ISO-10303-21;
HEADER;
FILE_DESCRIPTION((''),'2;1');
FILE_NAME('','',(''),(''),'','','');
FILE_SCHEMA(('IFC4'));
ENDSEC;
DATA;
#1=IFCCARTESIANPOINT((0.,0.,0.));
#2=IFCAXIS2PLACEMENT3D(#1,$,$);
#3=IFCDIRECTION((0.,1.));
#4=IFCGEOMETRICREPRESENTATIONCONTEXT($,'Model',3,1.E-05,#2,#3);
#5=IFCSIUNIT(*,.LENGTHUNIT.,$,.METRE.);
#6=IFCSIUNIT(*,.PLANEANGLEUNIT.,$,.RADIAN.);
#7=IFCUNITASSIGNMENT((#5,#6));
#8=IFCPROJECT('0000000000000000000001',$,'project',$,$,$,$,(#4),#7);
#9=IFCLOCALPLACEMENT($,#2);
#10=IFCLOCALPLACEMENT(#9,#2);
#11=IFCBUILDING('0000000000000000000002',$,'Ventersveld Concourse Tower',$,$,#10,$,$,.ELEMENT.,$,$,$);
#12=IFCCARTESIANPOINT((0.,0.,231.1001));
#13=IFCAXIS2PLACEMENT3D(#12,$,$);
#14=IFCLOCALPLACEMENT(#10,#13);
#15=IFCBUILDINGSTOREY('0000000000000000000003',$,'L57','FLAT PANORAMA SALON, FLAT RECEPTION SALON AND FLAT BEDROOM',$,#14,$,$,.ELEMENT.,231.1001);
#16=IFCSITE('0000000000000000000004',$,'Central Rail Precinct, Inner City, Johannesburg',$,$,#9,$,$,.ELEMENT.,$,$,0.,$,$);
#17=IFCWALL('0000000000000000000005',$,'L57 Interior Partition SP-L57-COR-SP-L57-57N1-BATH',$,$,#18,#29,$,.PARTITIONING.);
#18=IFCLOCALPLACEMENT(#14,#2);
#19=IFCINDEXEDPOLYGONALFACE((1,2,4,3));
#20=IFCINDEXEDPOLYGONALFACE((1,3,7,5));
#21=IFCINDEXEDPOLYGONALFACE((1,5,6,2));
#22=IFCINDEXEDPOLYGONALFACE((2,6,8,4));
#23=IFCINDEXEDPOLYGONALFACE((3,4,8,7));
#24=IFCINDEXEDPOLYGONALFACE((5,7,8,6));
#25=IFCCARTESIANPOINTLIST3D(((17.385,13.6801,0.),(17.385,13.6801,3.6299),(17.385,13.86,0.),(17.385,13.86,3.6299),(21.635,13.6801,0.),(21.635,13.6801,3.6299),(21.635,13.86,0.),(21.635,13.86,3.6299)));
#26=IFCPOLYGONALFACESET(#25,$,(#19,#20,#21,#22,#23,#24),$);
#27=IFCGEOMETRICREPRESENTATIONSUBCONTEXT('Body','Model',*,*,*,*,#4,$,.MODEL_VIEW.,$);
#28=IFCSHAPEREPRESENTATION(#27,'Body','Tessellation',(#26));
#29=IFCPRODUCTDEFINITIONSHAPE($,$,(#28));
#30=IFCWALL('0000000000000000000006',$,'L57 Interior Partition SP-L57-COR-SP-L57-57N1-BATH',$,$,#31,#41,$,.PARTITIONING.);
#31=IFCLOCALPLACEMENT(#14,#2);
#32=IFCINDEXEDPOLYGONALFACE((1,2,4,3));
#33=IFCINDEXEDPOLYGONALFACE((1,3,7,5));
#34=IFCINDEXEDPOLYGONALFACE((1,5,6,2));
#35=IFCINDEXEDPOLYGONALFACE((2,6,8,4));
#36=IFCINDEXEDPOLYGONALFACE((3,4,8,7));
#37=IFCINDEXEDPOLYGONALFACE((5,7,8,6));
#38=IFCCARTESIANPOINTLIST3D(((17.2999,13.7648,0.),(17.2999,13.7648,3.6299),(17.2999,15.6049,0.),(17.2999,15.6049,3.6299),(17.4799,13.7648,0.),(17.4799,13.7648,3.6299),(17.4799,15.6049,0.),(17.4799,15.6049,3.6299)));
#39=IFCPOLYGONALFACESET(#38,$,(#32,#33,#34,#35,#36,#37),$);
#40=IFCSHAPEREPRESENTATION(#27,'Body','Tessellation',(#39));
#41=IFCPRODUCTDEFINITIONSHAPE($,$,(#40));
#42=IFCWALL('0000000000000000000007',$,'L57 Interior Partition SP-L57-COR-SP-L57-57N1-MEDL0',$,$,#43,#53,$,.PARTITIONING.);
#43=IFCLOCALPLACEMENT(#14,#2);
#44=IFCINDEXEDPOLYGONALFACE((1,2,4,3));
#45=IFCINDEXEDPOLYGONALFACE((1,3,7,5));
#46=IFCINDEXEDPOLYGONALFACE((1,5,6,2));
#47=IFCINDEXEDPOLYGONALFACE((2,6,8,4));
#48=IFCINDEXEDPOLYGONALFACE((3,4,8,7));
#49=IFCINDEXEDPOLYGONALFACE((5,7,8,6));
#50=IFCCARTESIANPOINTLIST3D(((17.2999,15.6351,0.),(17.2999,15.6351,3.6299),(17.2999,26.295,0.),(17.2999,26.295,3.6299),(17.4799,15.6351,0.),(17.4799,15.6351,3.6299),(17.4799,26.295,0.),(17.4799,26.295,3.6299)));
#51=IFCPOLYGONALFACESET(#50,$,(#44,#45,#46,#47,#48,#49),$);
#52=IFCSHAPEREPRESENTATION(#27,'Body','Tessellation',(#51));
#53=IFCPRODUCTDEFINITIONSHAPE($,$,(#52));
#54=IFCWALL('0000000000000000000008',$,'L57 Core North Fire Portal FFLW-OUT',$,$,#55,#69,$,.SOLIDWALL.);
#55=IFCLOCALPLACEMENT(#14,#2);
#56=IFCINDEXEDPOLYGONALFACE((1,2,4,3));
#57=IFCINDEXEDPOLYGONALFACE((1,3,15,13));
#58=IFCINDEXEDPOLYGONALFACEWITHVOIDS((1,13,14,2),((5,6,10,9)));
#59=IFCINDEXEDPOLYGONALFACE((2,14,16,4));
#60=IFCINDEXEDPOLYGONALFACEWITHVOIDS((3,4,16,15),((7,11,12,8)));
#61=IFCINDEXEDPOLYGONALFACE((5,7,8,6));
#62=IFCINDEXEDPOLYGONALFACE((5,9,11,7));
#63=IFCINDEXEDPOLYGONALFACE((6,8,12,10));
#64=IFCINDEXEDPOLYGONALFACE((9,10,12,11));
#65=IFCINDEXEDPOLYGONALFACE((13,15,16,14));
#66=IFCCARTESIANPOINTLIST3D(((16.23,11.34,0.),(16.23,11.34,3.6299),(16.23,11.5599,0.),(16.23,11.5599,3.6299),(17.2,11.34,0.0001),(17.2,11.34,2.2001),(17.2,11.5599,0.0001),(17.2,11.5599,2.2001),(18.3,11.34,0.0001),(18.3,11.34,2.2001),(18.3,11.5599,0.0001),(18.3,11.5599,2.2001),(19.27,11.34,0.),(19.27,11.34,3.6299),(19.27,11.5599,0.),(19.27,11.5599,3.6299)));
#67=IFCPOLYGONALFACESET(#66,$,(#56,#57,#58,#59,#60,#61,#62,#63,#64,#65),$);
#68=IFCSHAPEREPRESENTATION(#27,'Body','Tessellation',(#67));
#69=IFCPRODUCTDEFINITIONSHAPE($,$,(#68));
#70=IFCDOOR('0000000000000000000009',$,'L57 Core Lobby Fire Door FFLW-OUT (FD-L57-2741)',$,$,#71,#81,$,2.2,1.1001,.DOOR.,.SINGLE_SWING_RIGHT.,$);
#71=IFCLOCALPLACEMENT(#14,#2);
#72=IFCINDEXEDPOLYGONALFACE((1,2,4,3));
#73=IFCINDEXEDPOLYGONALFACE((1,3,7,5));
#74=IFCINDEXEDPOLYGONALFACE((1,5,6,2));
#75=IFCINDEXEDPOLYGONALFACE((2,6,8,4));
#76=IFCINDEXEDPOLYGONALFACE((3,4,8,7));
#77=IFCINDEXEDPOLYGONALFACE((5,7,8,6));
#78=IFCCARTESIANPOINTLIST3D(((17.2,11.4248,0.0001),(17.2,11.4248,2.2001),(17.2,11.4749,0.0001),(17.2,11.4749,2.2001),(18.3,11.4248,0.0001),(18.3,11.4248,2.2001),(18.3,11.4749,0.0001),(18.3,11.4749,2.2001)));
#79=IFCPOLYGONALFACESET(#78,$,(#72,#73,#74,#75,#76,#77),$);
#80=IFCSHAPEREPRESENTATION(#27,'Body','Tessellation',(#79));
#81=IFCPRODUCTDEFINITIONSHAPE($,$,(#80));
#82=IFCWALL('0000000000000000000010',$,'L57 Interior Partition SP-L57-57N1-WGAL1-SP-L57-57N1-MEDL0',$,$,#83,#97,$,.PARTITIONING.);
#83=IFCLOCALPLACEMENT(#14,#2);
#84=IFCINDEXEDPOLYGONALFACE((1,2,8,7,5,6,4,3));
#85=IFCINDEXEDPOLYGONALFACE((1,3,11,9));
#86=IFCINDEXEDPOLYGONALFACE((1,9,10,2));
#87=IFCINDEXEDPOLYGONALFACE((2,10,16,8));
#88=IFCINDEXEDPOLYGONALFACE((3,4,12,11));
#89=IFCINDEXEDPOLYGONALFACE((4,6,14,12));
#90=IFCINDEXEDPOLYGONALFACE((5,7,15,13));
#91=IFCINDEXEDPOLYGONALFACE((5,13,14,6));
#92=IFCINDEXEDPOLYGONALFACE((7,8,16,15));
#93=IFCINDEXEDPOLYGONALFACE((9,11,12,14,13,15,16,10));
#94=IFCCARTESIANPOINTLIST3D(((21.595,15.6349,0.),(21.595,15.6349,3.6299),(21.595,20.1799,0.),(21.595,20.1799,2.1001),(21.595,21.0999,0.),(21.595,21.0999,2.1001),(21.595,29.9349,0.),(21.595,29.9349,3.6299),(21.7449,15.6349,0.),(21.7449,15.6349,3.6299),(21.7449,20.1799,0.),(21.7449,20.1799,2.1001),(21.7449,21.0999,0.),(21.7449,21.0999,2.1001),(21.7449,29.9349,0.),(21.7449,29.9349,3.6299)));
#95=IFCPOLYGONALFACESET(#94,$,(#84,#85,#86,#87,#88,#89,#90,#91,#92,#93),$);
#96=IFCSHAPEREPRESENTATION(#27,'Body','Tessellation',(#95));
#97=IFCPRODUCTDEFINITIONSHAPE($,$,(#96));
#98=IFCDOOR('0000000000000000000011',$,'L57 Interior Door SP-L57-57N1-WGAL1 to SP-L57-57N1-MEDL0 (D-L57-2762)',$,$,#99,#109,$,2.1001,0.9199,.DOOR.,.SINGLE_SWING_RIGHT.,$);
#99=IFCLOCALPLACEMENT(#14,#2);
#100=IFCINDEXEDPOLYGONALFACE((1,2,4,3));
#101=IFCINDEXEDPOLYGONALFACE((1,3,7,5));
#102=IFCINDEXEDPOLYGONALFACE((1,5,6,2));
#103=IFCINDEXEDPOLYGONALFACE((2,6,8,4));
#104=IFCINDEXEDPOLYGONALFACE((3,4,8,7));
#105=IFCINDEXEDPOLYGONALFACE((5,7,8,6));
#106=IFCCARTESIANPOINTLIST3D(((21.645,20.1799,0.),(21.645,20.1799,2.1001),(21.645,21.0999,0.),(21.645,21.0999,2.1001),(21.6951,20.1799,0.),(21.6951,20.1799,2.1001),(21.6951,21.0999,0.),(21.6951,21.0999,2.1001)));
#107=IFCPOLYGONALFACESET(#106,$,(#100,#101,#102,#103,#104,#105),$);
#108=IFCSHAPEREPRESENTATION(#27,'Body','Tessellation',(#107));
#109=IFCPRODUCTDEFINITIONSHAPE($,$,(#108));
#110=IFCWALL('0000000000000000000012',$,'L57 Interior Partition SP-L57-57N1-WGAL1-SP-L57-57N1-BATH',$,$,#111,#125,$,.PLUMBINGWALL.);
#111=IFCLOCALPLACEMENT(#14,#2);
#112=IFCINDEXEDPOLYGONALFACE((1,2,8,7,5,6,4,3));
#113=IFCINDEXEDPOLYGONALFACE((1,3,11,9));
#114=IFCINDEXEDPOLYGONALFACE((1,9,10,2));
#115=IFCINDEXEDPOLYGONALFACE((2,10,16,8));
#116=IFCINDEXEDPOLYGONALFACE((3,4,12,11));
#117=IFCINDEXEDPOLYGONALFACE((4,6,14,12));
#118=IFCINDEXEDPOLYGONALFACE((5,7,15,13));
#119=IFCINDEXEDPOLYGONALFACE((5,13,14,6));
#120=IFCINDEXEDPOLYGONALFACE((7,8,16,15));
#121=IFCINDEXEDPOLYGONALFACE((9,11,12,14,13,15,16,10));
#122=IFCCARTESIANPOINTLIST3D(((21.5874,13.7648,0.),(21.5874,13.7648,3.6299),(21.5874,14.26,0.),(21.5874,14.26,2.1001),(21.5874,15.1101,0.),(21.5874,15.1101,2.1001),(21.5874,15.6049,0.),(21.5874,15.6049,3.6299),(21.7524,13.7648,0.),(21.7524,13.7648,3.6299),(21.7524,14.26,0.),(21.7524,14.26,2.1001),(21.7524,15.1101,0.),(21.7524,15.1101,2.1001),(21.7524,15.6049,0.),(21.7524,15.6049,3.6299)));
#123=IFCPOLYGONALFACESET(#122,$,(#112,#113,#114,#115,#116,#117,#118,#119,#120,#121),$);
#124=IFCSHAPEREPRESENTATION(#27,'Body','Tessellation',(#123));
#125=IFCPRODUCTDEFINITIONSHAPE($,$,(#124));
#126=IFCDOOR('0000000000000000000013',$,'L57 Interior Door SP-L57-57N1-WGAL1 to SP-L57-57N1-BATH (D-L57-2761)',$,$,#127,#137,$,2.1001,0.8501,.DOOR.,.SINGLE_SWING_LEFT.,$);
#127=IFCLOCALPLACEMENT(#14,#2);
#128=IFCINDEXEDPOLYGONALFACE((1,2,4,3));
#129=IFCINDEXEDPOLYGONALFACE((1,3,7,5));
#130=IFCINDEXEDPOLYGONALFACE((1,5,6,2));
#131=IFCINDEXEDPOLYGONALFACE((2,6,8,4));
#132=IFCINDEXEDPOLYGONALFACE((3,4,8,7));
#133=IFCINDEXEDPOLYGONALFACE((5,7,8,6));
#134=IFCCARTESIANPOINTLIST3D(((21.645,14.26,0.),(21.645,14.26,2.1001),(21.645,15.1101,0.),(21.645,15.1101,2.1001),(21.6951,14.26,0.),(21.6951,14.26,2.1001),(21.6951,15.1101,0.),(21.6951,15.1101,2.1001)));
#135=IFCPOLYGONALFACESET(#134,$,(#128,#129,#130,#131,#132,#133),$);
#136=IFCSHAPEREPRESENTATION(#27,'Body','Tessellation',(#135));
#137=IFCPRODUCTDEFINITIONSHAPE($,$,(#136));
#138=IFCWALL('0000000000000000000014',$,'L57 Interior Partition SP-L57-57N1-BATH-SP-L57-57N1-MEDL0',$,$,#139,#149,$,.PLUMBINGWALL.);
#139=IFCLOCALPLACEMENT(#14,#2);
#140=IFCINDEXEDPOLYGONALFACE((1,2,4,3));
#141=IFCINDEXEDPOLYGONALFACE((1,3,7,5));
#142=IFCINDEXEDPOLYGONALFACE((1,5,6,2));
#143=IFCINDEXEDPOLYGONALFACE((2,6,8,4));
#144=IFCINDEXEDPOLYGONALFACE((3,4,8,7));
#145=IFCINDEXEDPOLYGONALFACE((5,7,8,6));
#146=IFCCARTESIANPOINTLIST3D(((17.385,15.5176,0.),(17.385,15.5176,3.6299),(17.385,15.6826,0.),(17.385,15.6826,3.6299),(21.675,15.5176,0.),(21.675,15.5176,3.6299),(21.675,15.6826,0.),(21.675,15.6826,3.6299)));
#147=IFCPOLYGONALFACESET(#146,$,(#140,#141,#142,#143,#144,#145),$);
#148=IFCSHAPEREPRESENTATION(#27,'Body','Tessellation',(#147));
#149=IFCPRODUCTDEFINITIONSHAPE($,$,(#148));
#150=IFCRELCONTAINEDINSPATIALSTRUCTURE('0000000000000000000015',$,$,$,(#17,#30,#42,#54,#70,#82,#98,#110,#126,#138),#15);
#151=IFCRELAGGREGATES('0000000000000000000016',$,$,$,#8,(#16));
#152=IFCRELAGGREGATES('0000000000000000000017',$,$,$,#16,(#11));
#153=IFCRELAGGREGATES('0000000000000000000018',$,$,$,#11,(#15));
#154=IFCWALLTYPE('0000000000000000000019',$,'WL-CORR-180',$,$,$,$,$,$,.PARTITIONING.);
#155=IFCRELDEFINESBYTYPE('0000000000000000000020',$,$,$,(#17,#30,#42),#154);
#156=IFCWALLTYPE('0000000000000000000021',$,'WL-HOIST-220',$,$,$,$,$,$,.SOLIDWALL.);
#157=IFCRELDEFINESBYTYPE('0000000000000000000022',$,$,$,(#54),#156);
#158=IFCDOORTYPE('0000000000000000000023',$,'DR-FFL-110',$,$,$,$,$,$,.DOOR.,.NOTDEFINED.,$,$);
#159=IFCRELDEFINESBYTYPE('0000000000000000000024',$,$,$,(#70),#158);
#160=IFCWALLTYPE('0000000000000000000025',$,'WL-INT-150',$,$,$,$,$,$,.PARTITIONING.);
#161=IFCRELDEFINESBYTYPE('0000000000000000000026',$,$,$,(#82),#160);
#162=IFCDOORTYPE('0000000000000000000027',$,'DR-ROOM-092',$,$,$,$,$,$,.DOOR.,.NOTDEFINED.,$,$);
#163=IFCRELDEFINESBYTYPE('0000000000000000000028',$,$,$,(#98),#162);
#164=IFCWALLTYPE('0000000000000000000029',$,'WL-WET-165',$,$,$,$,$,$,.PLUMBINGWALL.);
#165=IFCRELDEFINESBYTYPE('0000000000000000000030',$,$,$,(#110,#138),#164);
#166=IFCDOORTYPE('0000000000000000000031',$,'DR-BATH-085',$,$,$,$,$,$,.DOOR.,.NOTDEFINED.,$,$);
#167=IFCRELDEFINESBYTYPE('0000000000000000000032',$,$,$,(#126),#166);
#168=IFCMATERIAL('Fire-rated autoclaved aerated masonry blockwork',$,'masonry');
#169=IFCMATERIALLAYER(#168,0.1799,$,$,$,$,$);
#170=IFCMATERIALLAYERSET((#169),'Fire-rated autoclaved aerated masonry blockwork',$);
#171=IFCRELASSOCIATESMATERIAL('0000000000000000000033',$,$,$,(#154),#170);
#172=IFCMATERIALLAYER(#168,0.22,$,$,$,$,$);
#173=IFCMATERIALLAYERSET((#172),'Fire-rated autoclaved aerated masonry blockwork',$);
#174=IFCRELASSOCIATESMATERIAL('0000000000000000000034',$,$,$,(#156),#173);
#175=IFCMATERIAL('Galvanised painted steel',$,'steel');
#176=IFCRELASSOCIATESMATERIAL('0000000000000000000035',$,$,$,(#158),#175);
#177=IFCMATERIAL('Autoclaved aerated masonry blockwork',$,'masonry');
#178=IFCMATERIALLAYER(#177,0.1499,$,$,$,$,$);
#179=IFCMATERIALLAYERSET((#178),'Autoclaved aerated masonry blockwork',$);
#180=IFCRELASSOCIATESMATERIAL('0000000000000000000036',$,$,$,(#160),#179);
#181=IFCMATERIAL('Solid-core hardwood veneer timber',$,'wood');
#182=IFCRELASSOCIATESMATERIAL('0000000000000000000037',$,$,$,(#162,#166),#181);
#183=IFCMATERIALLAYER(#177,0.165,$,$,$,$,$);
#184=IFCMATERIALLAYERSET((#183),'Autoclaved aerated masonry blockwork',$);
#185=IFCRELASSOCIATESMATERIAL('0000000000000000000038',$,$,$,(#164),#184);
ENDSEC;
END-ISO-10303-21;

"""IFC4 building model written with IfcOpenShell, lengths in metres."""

from ifc_helpers import new_model, si_unit, direction, frame, frame_2d, origin, place, context, subcontext, project, spatial, rectangle, extrude, material, layer, layer_set, type_object, element, fill, save


model = new_model("IFC4")

# Units and contexts
model_context = context("Model", 3, precision=1e-05, world=origin(), true_north=direction((0.0, 1.0)))
body_context = subcontext(model_context, "Body", "Model", "MODEL_VIEW")
ifc_project = project(units=[si_unit("LENGTHUNIT", "METRE"), si_unit("PLANEANGLEUNIT", "RADIAN")], contexts=[model_context])

# Site, building, storey
site_placement = place(None, origin())
site = spatial("IfcSite", under=ifc_project, at=site_placement, Name="Central Rail Precinct, Inner City, Johannesburg", CompositionType="ELEMENT", RefElevation=0.0)
building_placement = place(site_placement, origin())
building = spatial("IfcBuilding", under=site, at=building_placement, Name="Ventersveld Concourse Tower", CompositionType="ELEMENT")
storey_placement = place(building_placement, frame((0.0, 0.0, 231.1001)))
storey = spatial("IfcBuildingStorey", under=building, at=storey_placement, Name="L57", Description="FLAT PANORAMA SALON, FLAT RECEPTION SALON AND FLAT BEDROOM", CompositionType="ELEMENT", Elevation=231.1001)

# Shared definitions
ifc_material_1 = material(Name="Fire-rated autoclaved aerated masonry blockwork", Category="masonry")
ifc_layer_1 = layer(ifc_material_1, 0.1799)
ifc_layer_set_1 = layer_set([ifc_layer_1], Name="Fire-rated autoclaved aerated masonry blockwork")
wall_type_1 = type_object("IfcWallType", Name="WL-CORR-180", PredefinedType="PARTITIONING", material=ifc_layer_set_1)

# Shared definitions
ifc_material_2 = material(Name="Solid-core hardwood veneer timber", Category="wood")

# Walls
wall_1_placement = place(storey_placement, frame((17.385, 13.77, 0.0), z_axis=(0.0, 0.0, 1.0), x_axis=(1.0, 0.0, 0.0)))
element("IfcWall", 1, at=wall_1_placement, inside=storey, type_object=wall_type_1, Name="L57 Interior Partition SP-L57-COR-SP-L57-57N1-BATH", PredefinedType="PARTITIONING", context=body_context, shape_type="SweptSolid", body=[
    extrude(rectangle(XDim=4.25, YDim=0.1799, at=frame_2d((2.125, 0.0))), origin(), (0.0, 0.0, 1.0), 3.6299),
])
wall_2_placement = place(storey_placement, frame((17.3899, 13.7649, 0.0), z_axis=(0.0, 0.0, 1.0), x_axis=(0.0, 1.0, 0.0)))
element("IfcWall", 2, at=wall_2_placement, inside=storey, type_object=wall_type_1, Name="L57 Interior Partition SP-L57-COR-SP-L57-57N1-BATH", PredefinedType="PARTITIONING", context=body_context, shape_type="SweptSolid", body=[
    extrude(rectangle(XDim=1.8401, YDim=0.1799, at=frame_2d((0.9199, 0.0))), origin(), (0.0, 0.0, 1.0), 3.6299),
])
wall_3_placement = place(storey_placement, frame((17.3899, 15.635, 0.0), z_axis=(0.0, 0.0, 1.0), x_axis=(0.0, 1.0, 0.0)))
element("IfcWall", 3, at=wall_3_placement, inside=storey, type_object=wall_type_1, Name="L57 Interior Partition SP-L57-COR-SP-L57-57N1-MEDL0", PredefinedType="PARTITIONING", context=body_context, shape_type="SweptSolid", body=[
    extrude(rectangle(XDim=10.6599, YDim=0.1799, at=frame_2d((5.3301, 0.0))), origin(), (0.0, 0.0, 1.0), 3.6299),
])

# Walls, openings, doors
ifc_layer_2 = layer(ifc_material_1, 0.22)
ifc_layer_set_2 = layer_set([ifc_layer_2], Name="Fire-rated autoclaved aerated masonry blockwork")
wall_type_2 = type_object("IfcWallType", Name="WL-HOIST-220", PredefinedType="SOLIDWALL", material=ifc_layer_set_2)
wall_4_placement = place(storey_placement, frame((16.23, 11.45, 0.0), z_axis=(0.0, 0.0, 1.0), x_axis=(1.0, 0.0, 0.0)))
wall_4 = element("IfcWall", 4, at=wall_4_placement, inside=storey, type_object=wall_type_2, Name="L57 Core North Fire Portal FFLW-OUT", PredefinedType="SOLIDWALL", context=body_context, shape_type="SweptSolid", body=[
    extrude(rectangle(XDim=3.04, YDim=0.22, at=frame_2d((1.52, 0.0))), origin(), (0.0, 0.0, 1.0), 3.6299),
])
opening_1_placement = place(wall_4_placement, frame((0.97, 0.0, 0.0)))
opening_1 = element("IfcOpeningElement", 5, at=opening_1_placement, cuts=wall_4, PredefinedType="OPENING", context=body_context, shape_type="SweptSolid", body=[
    extrude(rectangle(XDim=1.1001, YDim=2.2, at=frame_2d((0.55, 1.1001))), frame((0.0, 0.1201, 0.0), z_axis=(0.0, -1.0, 0.0), x_axis=(1.0, 0.0, 0.0)), (0.0, 0.0, 1.0), 0.24),
])
ifc_material_3 = material(Name="Galvanised painted steel", Category="steel")
door_type_1 = type_object("IfcDoorType", Name="DR-FFL-110", OperationType="NOTDEFINED", PredefinedType="DOOR", material=ifc_material_3)
door_1_placement = place(opening_1_placement, origin())
door_1 = element("IfcDoor", 6, at=door_1_placement, inside=storey, type_object=door_type_1, Name="L57 Core Lobby Fire Door FFLW-OUT (FD-L57-2741)", OperationType="SINGLE_SWING_RIGHT", OverallHeight=2.2, OverallWidth=1.1001, PredefinedType="DOOR", context=body_context, shape_type="SweptSolid", body=[
    extrude(rectangle(XDim=1.1001, YDim=2.2, at=frame_2d((0.55, 1.1001))), frame((0.0, 0.0249, 0.0), z_axis=(0.0, -1.0, 0.0), x_axis=(1.0, 0.0, 0.0)), (0.0, 0.0, 1.0), 0.05),
])
fill(opening_1, door_1)
ifc_material_4 = material(Name="Autoclaved aerated masonry blockwork", Category="masonry")
ifc_layer_3 = layer(ifc_material_4, 0.1499)
ifc_layer_set_3 = layer_set([ifc_layer_3], Name="Autoclaved aerated masonry blockwork")
wall_type_3 = type_object("IfcWallType", Name="WL-INT-150", PredefinedType="PARTITIONING", material=ifc_layer_set_3)
wall_5_placement = place(storey_placement, frame((21.6699, 15.635, 0.0), z_axis=(0.0, 0.0, 1.0), x_axis=(0.0, 1.0, 0.0)))
wall_5 = element("IfcWall", 7, at=wall_5_placement, inside=storey, type_object=wall_type_3, Name="L57 Interior Partition SP-L57-57N1-WGAL1-SP-L57-57N1-MEDL0", PredefinedType="PARTITIONING", context=body_context, shape_type="SweptSolid", body=[
    extrude(rectangle(XDim=14.3, YDim=0.1499, at=frame_2d((7.1499, 0.0))), origin(), (0.0, 0.0, 1.0), 3.6299),
])
opening_2_placement = place(wall_5_placement, frame((4.5449, 0.0, 0.0)))
opening_2 = element("IfcOpeningElement", 8, at=opening_2_placement, cuts=wall_5, PredefinedType="OPENING", context=body_context, shape_type="SweptSolid", body=[
    extrude(rectangle(XDim=0.9199, YDim=2.1001, at=frame_2d((0.46, 1.05))), frame((0.0, 0.085, 0.0), z_axis=(0.0, -1.0, 0.0), x_axis=(1.0, 0.0, 0.0)), (0.0, 0.0, 1.0), 0.1699),
])
door_type_2 = type_object("IfcDoorType", Name="DR-ROOM-092", OperationType="NOTDEFINED", PredefinedType="DOOR", material=ifc_material_2)
door_2_placement = place(opening_2_placement, origin())
door_2 = element("IfcDoor", 9, at=door_2_placement, inside=storey, type_object=door_type_2, Name="L57 Interior Door SP-L57-57N1-WGAL1 to SP-L57-57N1-MEDL0 (D-L57-2762)", OperationType="SINGLE_SWING_RIGHT", OverallHeight=2.1001, OverallWidth=0.9199, PredefinedType="DOOR", context=body_context, shape_type="SweptSolid", body=[
    extrude(rectangle(XDim=0.9199, YDim=2.1001, at=frame_2d((0.46, 1.05))), frame((0.0, 0.0249, 0.0), z_axis=(0.0, -1.0, 0.0), x_axis=(1.0, 0.0, 0.0)), (0.0, 0.0, 1.0), 0.05),
])
fill(opening_2, door_2)
ifc_layer_4 = layer(ifc_material_4, 0.165)
ifc_layer_set_4 = layer_set([ifc_layer_4], Name="Autoclaved aerated masonry blockwork")
wall_type_4 = type_object("IfcWallType", Name="WL-WET-165", PredefinedType="PLUMBINGWALL", material=ifc_layer_set_4)
wall_6_placement = place(storey_placement, frame((21.6699, 13.7649, 0.0), z_axis=(0.0, 0.0, 1.0), x_axis=(0.0, 1.0, 0.0)))
wall_6 = element("IfcWall", 10, at=wall_6_placement, inside=storey, type_object=wall_type_4, Name="L57 Interior Partition SP-L57-57N1-WGAL1-SP-L57-57N1-BATH", PredefinedType="PLUMBINGWALL", context=body_context, shape_type="SweptSolid", body=[
    extrude(rectangle(XDim=1.8401, YDim=0.165, at=frame_2d((0.9199, 0.0))), origin(), (0.0, 0.0, 1.0), 3.6299),
])
opening_3_placement = place(wall_6_placement, frame((0.4951, 0.0, 0.0)))
opening_3 = element("IfcOpeningElement", 11, at=opening_3_placement, cuts=wall_6, PredefinedType="OPENING", context=body_context, shape_type="SweptSolid", body=[
    extrude(rectangle(XDim=0.8501, YDim=2.1001, at=frame_2d((0.425, 1.05))), frame((0.0, 0.0925, 0.0), z_axis=(0.0, -1.0, 0.0), x_axis=(1.0, 0.0, 0.0)), (0.0, 0.0, 1.0), 0.1851),
])
door_type_3 = type_object("IfcDoorType", Name="DR-BATH-085", OperationType="NOTDEFINED", PredefinedType="DOOR", material=ifc_material_2)
door_3_placement = place(opening_3_placement, origin())
door_3 = element("IfcDoor", 12, at=door_3_placement, inside=storey, type_object=door_type_3, Name="L57 Interior Door SP-L57-57N1-WGAL1 to SP-L57-57N1-BATH (D-L57-2761)", OperationType="SINGLE_SWING_LEFT", OverallHeight=2.1001, OverallWidth=0.8501, PredefinedType="DOOR", context=body_context, shape_type="SweptSolid", body=[
    extrude(rectangle(XDim=0.8501, YDim=2.1001, at=frame_2d((0.425, 1.05))), frame((0.0, 0.0249, 0.0), z_axis=(0.0, -1.0, 0.0), x_axis=(1.0, 0.0, 0.0)), (0.0, 0.0, 1.0), 0.05),
])
fill(opening_3, door_3)

# Wall
wall_7_placement = place(storey_placement, frame((17.385, 15.6001, 0.0), z_axis=(0.0, 0.0, 1.0), x_axis=(1.0, 0.0, 0.0)))
element("IfcWall", 13, at=wall_7_placement, inside=storey, type_object=wall_type_4, Name="L57 Interior Partition SP-L57-57N1-BATH-SP-L57-57N1-MEDL0", PredefinedType="PLUMBINGWALL", context=body_context, shape_type="SweptSolid", body=[
    extrude(rectangle(XDim=4.29, YDim=0.165, at=frame_2d((2.145, 0.0))), origin(), (0.0, 0.0, 1.0), 3.6299),
])

save(model, "model.ifc")
